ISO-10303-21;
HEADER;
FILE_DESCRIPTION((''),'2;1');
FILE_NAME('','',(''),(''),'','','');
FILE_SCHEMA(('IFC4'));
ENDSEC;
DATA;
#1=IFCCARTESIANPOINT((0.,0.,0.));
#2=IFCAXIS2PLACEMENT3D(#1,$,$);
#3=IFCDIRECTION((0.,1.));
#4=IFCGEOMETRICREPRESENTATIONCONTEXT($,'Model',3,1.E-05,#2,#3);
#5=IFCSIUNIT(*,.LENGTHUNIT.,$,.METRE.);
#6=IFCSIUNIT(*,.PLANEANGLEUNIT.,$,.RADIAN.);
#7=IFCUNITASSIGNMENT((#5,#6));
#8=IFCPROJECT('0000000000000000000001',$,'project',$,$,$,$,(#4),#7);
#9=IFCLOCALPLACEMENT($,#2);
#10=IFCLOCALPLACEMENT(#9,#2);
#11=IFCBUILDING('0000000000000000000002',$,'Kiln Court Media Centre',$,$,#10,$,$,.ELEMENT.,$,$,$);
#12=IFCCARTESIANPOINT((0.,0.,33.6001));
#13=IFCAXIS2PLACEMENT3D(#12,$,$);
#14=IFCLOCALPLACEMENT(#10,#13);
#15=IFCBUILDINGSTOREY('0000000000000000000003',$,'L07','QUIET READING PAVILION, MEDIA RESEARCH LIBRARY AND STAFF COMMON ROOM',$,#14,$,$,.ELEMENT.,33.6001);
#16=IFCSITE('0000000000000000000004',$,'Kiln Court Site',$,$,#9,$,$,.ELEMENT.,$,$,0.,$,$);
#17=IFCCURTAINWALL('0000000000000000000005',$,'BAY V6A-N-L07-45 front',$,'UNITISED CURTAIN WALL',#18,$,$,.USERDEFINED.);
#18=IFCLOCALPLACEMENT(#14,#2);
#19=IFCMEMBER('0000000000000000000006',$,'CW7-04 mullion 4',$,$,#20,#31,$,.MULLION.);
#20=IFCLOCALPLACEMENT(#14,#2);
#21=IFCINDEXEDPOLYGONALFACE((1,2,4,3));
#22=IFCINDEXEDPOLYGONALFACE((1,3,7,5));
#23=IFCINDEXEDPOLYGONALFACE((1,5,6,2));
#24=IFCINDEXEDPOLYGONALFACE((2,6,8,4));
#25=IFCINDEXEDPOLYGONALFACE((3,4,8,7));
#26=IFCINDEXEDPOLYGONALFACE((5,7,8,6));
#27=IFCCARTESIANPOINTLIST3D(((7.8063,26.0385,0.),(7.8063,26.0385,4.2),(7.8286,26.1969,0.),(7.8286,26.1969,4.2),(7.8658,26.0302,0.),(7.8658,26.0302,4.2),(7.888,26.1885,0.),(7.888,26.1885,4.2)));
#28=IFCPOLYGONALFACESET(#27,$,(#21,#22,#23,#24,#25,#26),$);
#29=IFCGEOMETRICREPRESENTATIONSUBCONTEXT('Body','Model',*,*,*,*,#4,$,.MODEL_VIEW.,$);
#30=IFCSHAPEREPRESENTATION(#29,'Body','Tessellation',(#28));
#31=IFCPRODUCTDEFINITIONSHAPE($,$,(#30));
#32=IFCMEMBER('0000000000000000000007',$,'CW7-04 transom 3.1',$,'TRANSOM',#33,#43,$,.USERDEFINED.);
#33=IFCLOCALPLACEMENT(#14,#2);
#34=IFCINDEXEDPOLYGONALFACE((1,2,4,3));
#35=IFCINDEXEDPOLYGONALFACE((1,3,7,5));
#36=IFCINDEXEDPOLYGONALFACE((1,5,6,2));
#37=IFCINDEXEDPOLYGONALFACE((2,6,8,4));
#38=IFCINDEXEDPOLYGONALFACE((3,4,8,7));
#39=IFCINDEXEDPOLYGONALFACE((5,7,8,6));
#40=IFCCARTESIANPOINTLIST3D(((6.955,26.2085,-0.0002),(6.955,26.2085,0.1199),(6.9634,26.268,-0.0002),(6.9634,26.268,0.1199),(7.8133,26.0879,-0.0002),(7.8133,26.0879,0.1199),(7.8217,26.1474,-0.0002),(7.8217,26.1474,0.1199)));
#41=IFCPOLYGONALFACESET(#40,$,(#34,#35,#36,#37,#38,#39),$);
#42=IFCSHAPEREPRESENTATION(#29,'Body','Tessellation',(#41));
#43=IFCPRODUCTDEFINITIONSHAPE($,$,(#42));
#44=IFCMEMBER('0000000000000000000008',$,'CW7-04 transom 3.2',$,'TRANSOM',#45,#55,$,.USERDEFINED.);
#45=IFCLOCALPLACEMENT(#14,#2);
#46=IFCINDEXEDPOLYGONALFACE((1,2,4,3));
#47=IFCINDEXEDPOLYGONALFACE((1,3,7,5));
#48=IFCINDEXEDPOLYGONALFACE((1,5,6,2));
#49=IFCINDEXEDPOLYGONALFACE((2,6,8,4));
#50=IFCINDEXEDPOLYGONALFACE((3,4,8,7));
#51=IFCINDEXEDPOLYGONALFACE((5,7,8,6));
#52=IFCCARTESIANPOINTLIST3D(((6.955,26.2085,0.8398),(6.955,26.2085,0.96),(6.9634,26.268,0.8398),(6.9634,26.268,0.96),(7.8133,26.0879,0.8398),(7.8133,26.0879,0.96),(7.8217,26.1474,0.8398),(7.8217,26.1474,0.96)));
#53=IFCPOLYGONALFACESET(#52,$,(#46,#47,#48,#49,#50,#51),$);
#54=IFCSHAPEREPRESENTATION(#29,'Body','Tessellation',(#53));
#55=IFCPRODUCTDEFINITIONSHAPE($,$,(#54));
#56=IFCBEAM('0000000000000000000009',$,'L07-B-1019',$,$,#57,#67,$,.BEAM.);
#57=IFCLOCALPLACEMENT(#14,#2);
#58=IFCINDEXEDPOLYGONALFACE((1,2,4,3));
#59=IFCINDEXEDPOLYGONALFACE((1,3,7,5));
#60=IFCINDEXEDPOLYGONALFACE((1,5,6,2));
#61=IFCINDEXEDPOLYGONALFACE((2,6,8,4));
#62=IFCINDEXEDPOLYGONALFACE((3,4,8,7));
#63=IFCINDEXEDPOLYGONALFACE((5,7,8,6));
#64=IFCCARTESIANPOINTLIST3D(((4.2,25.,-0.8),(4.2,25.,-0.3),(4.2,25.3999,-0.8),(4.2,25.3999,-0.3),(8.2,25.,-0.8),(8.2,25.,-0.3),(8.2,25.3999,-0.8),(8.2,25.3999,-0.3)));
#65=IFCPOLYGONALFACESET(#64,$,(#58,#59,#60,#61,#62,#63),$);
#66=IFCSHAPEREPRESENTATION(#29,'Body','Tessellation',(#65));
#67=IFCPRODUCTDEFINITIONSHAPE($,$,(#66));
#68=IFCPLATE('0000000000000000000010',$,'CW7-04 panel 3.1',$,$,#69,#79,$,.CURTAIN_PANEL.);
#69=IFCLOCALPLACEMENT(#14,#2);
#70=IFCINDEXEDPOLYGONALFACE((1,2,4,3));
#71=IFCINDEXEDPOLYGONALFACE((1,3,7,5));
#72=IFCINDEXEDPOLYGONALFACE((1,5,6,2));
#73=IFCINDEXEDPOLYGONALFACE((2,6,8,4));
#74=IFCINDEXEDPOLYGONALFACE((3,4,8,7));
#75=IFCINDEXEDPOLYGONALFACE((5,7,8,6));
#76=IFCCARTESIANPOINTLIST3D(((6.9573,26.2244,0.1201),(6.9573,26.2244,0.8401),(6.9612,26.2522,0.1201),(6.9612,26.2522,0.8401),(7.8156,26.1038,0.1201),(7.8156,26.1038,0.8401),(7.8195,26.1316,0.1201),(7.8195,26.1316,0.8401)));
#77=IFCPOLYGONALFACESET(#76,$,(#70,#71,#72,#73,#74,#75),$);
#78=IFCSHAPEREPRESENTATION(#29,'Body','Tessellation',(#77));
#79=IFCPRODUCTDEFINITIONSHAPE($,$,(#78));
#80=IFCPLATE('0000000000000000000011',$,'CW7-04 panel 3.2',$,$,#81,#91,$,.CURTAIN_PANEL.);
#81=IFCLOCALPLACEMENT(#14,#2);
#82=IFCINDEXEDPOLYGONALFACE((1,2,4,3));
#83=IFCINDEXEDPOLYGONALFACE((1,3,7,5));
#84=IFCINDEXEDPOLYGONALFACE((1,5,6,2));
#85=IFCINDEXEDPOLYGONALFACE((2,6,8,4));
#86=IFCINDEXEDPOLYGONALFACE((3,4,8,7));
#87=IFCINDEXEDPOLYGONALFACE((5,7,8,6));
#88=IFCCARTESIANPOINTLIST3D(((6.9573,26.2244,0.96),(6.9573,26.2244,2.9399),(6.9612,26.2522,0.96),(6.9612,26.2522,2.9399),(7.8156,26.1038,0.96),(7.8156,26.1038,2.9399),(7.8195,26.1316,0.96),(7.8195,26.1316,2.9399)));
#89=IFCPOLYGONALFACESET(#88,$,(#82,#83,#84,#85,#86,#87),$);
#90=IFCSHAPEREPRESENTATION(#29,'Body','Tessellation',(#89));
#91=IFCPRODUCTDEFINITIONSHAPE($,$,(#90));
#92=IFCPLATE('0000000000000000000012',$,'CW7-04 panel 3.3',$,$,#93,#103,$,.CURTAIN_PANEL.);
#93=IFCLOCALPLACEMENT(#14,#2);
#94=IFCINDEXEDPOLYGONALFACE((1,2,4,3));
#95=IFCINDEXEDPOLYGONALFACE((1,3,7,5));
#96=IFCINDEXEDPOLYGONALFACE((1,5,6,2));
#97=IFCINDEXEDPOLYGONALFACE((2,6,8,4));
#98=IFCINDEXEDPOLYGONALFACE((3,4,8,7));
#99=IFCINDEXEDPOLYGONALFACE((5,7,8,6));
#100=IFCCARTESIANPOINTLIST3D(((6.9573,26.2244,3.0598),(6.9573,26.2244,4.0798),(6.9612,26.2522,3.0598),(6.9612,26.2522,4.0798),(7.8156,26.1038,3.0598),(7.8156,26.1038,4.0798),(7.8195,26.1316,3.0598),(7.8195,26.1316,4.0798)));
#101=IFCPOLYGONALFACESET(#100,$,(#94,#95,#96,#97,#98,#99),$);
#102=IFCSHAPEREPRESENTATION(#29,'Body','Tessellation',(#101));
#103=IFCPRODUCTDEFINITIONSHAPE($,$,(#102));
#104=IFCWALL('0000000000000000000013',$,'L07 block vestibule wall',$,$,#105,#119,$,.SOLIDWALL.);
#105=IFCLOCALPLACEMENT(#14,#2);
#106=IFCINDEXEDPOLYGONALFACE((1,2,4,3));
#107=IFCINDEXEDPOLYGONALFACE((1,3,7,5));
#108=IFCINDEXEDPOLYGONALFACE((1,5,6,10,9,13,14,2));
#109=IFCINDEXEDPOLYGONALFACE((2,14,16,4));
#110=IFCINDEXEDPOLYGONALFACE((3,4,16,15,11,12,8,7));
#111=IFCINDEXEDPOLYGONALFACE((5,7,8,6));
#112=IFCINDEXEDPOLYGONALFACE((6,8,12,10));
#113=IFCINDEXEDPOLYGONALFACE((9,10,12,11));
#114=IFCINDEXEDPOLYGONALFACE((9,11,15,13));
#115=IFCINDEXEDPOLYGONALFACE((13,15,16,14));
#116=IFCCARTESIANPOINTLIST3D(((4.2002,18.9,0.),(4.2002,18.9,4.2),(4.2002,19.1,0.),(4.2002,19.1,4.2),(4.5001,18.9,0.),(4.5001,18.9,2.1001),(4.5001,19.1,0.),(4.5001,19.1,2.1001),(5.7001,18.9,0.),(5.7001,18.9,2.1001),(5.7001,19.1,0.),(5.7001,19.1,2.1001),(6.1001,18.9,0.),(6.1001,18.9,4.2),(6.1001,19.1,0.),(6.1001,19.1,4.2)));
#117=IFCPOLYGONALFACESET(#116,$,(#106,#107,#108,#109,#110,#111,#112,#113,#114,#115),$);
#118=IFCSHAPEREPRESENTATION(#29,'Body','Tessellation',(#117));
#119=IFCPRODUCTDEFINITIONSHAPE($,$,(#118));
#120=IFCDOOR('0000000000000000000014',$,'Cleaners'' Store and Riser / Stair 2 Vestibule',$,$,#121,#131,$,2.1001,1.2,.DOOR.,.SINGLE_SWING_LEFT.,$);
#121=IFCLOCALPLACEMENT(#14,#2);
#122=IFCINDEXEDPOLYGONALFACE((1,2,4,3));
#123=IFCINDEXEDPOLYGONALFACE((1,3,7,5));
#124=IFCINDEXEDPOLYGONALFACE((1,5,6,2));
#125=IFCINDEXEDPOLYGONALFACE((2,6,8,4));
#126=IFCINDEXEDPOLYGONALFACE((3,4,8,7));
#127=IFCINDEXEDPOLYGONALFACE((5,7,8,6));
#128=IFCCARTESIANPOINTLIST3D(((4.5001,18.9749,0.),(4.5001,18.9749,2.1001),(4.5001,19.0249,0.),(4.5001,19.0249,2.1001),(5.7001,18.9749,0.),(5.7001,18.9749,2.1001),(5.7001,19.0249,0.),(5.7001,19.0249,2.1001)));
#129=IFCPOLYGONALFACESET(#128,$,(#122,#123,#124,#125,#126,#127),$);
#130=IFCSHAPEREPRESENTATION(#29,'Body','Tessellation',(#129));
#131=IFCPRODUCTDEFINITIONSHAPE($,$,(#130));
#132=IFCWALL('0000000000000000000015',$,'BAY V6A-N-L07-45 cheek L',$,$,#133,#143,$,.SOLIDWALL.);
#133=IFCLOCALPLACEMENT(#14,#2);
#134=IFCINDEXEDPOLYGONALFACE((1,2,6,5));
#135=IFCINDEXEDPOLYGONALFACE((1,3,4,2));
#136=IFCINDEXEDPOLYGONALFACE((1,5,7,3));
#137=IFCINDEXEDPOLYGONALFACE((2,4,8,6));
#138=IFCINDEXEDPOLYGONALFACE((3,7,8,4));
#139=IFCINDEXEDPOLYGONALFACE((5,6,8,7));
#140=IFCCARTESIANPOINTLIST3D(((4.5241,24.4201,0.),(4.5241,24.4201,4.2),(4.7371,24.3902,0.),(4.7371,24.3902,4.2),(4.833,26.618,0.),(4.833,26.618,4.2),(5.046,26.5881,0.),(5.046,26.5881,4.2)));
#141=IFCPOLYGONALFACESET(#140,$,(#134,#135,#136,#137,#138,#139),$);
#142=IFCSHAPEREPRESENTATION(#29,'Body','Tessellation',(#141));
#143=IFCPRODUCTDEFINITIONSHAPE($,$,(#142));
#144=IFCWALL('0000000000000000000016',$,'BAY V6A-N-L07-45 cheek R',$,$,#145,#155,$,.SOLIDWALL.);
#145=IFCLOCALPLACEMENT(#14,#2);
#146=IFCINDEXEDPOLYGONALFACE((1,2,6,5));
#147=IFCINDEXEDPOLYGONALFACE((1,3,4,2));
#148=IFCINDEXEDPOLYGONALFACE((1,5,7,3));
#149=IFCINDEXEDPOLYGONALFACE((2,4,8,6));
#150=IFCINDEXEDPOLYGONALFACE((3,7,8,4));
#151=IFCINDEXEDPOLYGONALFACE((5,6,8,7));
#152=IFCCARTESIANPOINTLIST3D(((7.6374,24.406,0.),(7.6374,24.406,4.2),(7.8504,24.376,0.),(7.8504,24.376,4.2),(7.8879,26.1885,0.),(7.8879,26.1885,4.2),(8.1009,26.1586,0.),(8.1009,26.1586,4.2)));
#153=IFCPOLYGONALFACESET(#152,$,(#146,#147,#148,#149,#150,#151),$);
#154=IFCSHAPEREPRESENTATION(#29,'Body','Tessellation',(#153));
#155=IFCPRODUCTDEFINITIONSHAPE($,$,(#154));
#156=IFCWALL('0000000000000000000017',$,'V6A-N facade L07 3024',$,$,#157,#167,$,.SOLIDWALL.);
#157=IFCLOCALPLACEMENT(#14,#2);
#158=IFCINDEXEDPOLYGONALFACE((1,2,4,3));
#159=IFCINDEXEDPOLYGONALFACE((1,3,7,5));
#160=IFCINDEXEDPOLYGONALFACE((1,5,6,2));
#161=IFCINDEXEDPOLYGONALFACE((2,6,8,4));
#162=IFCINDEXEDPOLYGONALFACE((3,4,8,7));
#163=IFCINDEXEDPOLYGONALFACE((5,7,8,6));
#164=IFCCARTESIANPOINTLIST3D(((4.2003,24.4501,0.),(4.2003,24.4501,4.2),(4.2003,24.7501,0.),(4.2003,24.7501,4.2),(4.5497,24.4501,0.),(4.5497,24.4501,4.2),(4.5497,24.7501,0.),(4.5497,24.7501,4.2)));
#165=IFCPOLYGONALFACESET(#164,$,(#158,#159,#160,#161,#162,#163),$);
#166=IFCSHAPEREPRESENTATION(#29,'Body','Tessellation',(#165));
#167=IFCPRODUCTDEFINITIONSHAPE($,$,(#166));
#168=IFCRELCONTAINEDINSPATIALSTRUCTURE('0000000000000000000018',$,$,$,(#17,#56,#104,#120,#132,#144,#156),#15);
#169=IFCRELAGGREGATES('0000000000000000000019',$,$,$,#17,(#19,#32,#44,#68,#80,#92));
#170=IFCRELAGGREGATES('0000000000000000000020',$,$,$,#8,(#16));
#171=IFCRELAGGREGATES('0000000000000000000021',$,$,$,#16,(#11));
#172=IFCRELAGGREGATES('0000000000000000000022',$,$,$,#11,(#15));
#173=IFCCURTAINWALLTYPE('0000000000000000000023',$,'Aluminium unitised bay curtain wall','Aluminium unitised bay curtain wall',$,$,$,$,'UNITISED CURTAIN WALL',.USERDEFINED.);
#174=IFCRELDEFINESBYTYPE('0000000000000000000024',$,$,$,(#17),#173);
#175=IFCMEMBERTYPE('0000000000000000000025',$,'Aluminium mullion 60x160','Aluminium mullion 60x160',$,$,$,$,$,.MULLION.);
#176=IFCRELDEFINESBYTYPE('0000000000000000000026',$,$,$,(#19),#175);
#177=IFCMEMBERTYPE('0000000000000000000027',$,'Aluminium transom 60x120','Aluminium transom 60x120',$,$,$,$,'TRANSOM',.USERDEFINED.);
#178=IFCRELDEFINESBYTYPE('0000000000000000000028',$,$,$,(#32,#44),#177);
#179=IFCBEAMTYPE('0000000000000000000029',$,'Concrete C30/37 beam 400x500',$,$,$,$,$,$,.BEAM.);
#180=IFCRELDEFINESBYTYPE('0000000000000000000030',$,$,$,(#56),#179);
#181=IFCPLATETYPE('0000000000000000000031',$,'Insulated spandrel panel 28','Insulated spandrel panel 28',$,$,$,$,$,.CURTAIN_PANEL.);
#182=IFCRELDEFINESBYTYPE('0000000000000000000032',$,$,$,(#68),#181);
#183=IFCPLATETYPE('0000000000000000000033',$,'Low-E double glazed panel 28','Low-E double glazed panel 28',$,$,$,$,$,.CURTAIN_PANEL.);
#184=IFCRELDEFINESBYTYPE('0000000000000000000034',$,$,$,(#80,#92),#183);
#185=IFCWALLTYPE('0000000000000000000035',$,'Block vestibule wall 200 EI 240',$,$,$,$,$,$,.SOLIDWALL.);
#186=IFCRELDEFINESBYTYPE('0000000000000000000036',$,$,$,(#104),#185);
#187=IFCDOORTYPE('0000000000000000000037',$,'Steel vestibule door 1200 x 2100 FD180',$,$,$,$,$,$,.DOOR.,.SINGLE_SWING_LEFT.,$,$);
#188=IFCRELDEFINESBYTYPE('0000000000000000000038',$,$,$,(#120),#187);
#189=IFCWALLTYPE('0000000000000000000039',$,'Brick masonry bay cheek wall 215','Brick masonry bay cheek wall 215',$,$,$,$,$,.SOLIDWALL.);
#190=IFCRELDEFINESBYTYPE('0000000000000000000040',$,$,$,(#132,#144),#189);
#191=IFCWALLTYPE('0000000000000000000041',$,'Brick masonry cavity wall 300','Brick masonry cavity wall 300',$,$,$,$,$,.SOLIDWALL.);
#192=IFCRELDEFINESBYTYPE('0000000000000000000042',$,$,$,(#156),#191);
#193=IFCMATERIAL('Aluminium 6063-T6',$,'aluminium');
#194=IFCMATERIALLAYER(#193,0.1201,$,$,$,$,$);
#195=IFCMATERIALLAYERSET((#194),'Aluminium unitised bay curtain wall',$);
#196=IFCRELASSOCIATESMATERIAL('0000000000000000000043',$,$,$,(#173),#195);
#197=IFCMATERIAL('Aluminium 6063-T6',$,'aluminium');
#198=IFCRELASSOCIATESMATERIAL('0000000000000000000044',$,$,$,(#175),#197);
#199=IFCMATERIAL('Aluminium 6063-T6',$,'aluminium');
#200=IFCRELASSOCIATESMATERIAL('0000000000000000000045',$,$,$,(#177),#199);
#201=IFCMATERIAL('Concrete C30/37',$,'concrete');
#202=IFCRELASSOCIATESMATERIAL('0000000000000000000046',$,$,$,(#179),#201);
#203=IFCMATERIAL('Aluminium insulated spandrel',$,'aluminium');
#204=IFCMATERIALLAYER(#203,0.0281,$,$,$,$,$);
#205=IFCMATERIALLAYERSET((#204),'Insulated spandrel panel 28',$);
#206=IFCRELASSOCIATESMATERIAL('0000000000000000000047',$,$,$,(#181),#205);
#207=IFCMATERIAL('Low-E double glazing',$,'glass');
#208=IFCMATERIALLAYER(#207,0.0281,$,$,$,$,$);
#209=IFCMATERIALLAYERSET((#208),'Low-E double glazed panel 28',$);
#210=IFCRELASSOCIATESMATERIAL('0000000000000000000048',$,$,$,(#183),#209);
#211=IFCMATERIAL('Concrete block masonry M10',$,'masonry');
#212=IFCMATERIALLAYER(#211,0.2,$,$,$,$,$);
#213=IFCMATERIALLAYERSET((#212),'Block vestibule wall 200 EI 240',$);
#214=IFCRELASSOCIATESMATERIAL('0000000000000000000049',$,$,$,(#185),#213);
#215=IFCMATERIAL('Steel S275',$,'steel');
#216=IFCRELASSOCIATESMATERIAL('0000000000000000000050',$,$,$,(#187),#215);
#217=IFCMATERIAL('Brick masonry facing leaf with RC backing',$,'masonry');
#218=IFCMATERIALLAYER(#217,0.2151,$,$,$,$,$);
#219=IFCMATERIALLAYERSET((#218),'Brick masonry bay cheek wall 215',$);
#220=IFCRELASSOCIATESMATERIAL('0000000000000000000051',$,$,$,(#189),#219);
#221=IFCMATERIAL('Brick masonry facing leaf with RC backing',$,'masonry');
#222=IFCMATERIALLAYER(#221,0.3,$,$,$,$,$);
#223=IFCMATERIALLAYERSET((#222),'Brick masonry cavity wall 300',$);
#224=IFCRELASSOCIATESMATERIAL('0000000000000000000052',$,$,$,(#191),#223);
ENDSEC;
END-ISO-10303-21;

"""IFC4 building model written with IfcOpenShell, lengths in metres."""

from ifc_helpers import new_model, si_unit, direction, frame, frame_2d, origin, origin_2d, place, context, subcontext, project, spatial, rectangle, extrude, material, layer, layer_set, material_profile, profile_set, type_object, element, fill, aggregate, save


model = new_model("IFC4")

# Units and contexts
model_context = context("Model", 3, precision=1e-05, world=origin(), true_north=direction((0.0, 1.0)))
body_context = subcontext(model_context, "Body", "Model", "MODEL_VIEW")
ifc_project = project(units=[si_unit("LENGTHUNIT", "METRE"), si_unit("PLANEANGLEUNIT", "RADIAN")], contexts=[model_context])

# Site, building, storey
site_placement = place(None, origin())
site = spatial("IfcSite", under=ifc_project, at=site_placement, Name="Kiln Court Site", CompositionType="ELEMENT", RefElevation=0.0)
building_placement = place(site_placement, origin())
building = spatial("IfcBuilding", under=site, at=building_placement, Name="Kiln Court Media Centre", CompositionType="ELEMENT")
storey_placement = place(building_placement, frame((0.0, 0.0, 33.6001)))
storey = spatial("IfcBuildingStorey", under=building, at=storey_placement, Name="L07", Description="QUIET READING PAVILION, MEDIA RESEARCH LIBRARY AND STAFF COMMON ROOM", CompositionType="ELEMENT", Elevation=33.6001)

# Curtain wall, members
ifc_material_1 = material(Name="Aluminium 6063-T6", Category="aluminium")
ifc_layer_1 = layer(ifc_material_1, 0.1201)
ifc_layer_set_1 = layer_set([ifc_layer_1], Name="Aluminium unitised bay curtain wall")
curtain_wall_type = type_object("IfcCurtainWallType", Name="Aluminium unitised bay curtain wall", Description="Aluminium unitised bay curtain wall", ElementType="UNITISED CURTAIN WALL", PredefinedType="USERDEFINED", material=ifc_layer_set_1)
curtain_wall_placement = place(storey_placement, origin())
curtain_wall = element("IfcCurtainWall", 1, at=curtain_wall_placement, inside=storey, type_object=curtain_wall_type, Name="BAY V6A-N-L07-45 front", ObjectType="UNITISED CURTAIN WALL", PredefinedType="USERDEFINED")
ifc_material_2 = material(Name="Aluminium 6063-T6", Category="aluminium")
ifc_material_profile_1 = material_profile(ifc_material_2, rectangle(XDim=0.0601, YDim=0.1599, at=origin_2d()), Name="Aluminium mullion 60x160")
ifc_profile_set_1 = profile_set([ifc_material_profile_1], Name="Aluminium 6063-T6")
member_type_1 = type_object("IfcMemberType", Name="Aluminium mullion 60x160", Description="Aluminium mullion 60x160", PredefinedType="MULLION", material=ifc_profile_set_1)
member_1_placement = place(storey_placement, frame((7.8472, 26.1135, 0.0), z_axis=(0.0, 0.0, 1.0), x_axis=(0.99027, -0.139162, 0.0)))
member_1 = element("IfcMember", 2, at=member_1_placement, type_object=member_type_1, Name="CW7-04 mullion 4", PredefinedType="MULLION", context=body_context, shape_type="SweptSolid", body=[
    extrude(rectangle(XDim=0.0601, YDim=0.1599, at=origin_2d()), origin(), (0.0, 0.0, 1.0), 4.2),
])
ifc_material_3 = material(Name="Aluminium 6063-T6", Category="aluminium")
ifc_material_profile_2 = material_profile(ifc_material_3, rectangle(XDim=0.0601, YDim=0.1201, at=origin_2d()), Name="Aluminium transom 60x120")
ifc_profile_set_2 = profile_set([ifc_material_profile_2], Name="Aluminium 6063-T6")
member_type_2 = type_object("IfcMemberType", Name="Aluminium transom 60x120", Description="Aluminium transom 60x120", ElementType="TRANSOM", PredefinedType="USERDEFINED", material=ifc_profile_set_2)
member_2_placement = place(storey_placement, frame((6.9592, 26.2383, 0.0598), z_axis=(0.990268, -0.139173, 0.0), x_axis=(0.139173, 0.990268, 0.0)))
member_2 = element("IfcMember", 3, at=member_2_placement, type_object=member_type_2, Name="CW7-04 transom 3.1", ObjectType="TRANSOM", PredefinedType="USERDEFINED", context=body_context, shape_type="SweptSolid", body=[
    extrude(rectangle(XDim=0.0601, YDim=0.1201, at=origin_2d()), origin(), (0.0, 0.0, 1.0), 0.8667),
])
member_3_placement = place(storey_placement, frame((6.9592, 26.2383, 0.8999), z_axis=(0.990268, -0.139173, 0.0), x_axis=(0.139173, 0.990268, 0.0)))
member_3 = element("IfcMember", 4, at=member_3_placement, type_object=member_type_2, Name="CW7-04 transom 3.2", ObjectType="TRANSOM", PredefinedType="USERDEFINED", context=body_context, shape_type="SweptSolid", body=[
    extrude(rectangle(XDim=0.0601, YDim=0.1201, at=origin_2d()), origin(), (0.0, 0.0, 1.0), 0.8667),
])

# Beam
ifc_material_4 = material(Name="Concrete C30/37", Category="concrete")
ifc_material_profile_3 = material_profile(ifc_material_4, rectangle(XDim=0.3999, YDim=0.5, at=origin_2d()), Name="RC 400x500")
ifc_profile_set_3 = profile_set([ifc_material_profile_3], Name="Concrete C30/37")
beam_type = type_object("IfcBeamType", Name="Concrete C30/37 beam 400x500", PredefinedType="BEAM", material=ifc_profile_set_3)
beam_placement = place(storey_placement, frame((4.2, 25.2, -0.55), z_axis=(1.0, 0.0, 0.0), x_axis=(0.0, 1.0, 0.0)))
element("IfcBeam", 5, at=beam_placement, inside=storey, type_object=beam_type, Name="L07-B-1019", PredefinedType="BEAM", context=body_context, shape_type="SweptSolid", body=[
    extrude(rectangle(XDim=0.3999, YDim=0.5, at=origin_2d()), origin(), (0.0, 0.0, 1.0), 4.0),
])

# Plates
ifc_material_5 = material(Name="Aluminium insulated spandrel", Category="aluminium")
ifc_layer_2 = layer(ifc_material_5, 0.0281)
ifc_layer_set_2 = layer_set([ifc_layer_2], Name="Insulated spandrel panel 28")
plate_type_1 = type_object("IfcPlateType", Name="Insulated spandrel panel 28", Description="Insulated spandrel panel 28", PredefinedType="CURTAIN_PANEL", material=ifc_layer_set_2)
plate_1_placement = place(storey_placement, frame((7.3884, 26.178, 0.1201), z_axis=(0.0, 0.0, 1.0), x_axis=(0.99027, -0.139162, 0.0)))
plate_1 = element("IfcPlate", 6, at=plate_1_placement, type_object=plate_type_1, Name="CW7-04 panel 3.1", PredefinedType="CURTAIN_PANEL", context=body_context, shape_type="SweptSolid", body=[
    extrude(rectangle(XDim=0.8667, YDim=0.0281, at=origin_2d()), origin(), (0.0, 0.0, 1.0), 0.72),
])
ifc_material_6 = material(Name="Low-E double glazing", Category="glass")
ifc_layer_3 = layer(ifc_material_6, 0.0281)
ifc_layer_set_3 = layer_set([ifc_layer_3], Name="Low-E double glazed panel 28")
plate_type_2 = type_object("IfcPlateType", Name="Low-E double glazed panel 28", Description="Low-E double glazed panel 28", PredefinedType="CURTAIN_PANEL", material=ifc_layer_set_3)
plate_2_placement = place(storey_placement, frame((7.3884, 26.178, 0.96), z_axis=(0.0, 0.0, 1.0), x_axis=(0.99027, -0.139162, 0.0)))
plate_2 = element("IfcPlate", 7, at=plate_2_placement, type_object=plate_type_2, Name="CW7-04 panel 3.2", PredefinedType="CURTAIN_PANEL", context=body_context, shape_type="SweptSolid", body=[
    extrude(rectangle(XDim=0.8667, YDim=0.0281, at=origin_2d()), origin(), (0.0, 0.0, 1.0), 1.98),
])
plate_3_placement = place(storey_placement, frame((7.3884, 26.178, 3.0598), z_axis=(0.0, 0.0, 1.0), x_axis=(0.99027, -0.139162, 0.0)))
plate_3 = element("IfcPlate", 8, at=plate_3_placement, type_object=plate_type_2, Name="CW7-04 panel 3.3", PredefinedType="CURTAIN_PANEL", context=body_context, shape_type="SweptSolid", body=[
    extrude(rectangle(XDim=0.8667, YDim=0.0281, at=origin_2d()), origin(), (0.0, 0.0, 1.0), 1.02),
])
aggregate(curtain_wall, [member_1, member_2, member_3, plate_1, plate_2, plate_3])

# Wall, opening, door
ifc_material_7 = material(Name="Concrete block masonry M10", Category="masonry")
ifc_layer_4 = layer(ifc_material_7, 0.2)
ifc_layer_set_4 = layer_set([ifc_layer_4], Name="Block vestibule wall 200 EI 240")
wall_type_1 = type_object("IfcWallType", Name="Block vestibule wall 200 EI 240", PredefinedType="SOLIDWALL", material=ifc_layer_set_4)
wall_1_placement = place(storey_placement, frame((4.2002, 19.0, 0.0), z_axis=(0.0, 0.0, 1.0), x_axis=(1.0, 0.0, 0.0)))
wall_1 = element("IfcWall", 9, at=wall_1_placement, inside=storey, type_object=wall_type_1, Name="L07 block vestibule wall", PredefinedType="SOLIDWALL", context=body_context, shape_type="SweptSolid", body=[
    extrude(rectangle(XDim=1.8999, YDim=0.2, at=frame_2d((0.95, 0.0))), origin(), (0.0, 0.0, 1.0), 4.2),
])
opening_1_placement = place(wall_1_placement, frame((0.2998, 0.0, 0.0)))
opening_1 = element("IfcOpeningElement", 10, at=opening_1_placement, cuts=wall_1, PredefinedType="OPENING", context=body_context, shape_type="SweptSolid", body=[
    extrude(rectangle(XDim=1.2, YDim=2.1001, at=frame_2d((0.6001, 1.05))), frame((0.0, 0.1099, 0.0), z_axis=(0.0, -1.0, 0.0), x_axis=(1.0, 0.0, 0.0)), (0.0, 0.0, 1.0), 0.22),
])
ifc_material_8 = material(Name="Steel S275", Category="steel")
door_type_1 = type_object("IfcDoorType", Name="Steel vestibule door 1200 x 2100 FD180", OperationType="SINGLE_SWING_LEFT", PredefinedType="DOOR", material=ifc_material_8)
door_1_placement = place(opening_1_placement, origin())
door_1 = element("IfcDoor", 11, at=door_1_placement, inside=storey, type_object=door_type_1, Name="Cleaners' Store and Riser / Stair 2 Vestibule", OperationType="SINGLE_SWING_LEFT", OverallHeight=2.1001, OverallWidth=1.2, PredefinedType="DOOR", context=body_context, shape_type="SweptSolid", body=[
    extrude(rectangle(XDim=1.2, YDim=2.1001, at=frame_2d((0.6001, 1.05))), frame((0.0, 0.0249, 0.0), z_axis=(0.0, -1.0, 0.0), x_axis=(1.0, 0.0, 0.0)), (0.0, 0.0, 1.0), 0.05),
])
fill(opening_1, door_1)

# Walls
ifc_material_9 = material(Name="Brick masonry facing leaf with RC backing", Category="masonry")
ifc_layer_5 = layer(ifc_material_9, 0.2151)
ifc_layer_set_5 = layer_set([ifc_layer_5], Name="Brick masonry bay cheek wall 215")
wall_type_2 = type_object("IfcWallType", Name="Brick masonry bay cheek wall 215", Description="Brick masonry bay cheek wall 215", PredefinedType="SOLIDWALL", material=ifc_layer_set_5)
wall_2_placement = place(storey_placement, frame((4.6306, 24.405, 0.0), z_axis=(0.0, 0.0, 1.0), x_axis=(0.139142, 0.990272, 0.0)))
element("IfcWall", 12, at=wall_2_placement, inside=storey, type_object=wall_type_2, Name="BAY V6A-N-L07-45 cheek L", PredefinedType="SOLIDWALL", context=body_context, shape_type="SweptSolid", body=[
    extrude(rectangle(XDim=2.2195, YDim=0.2151, at=frame_2d((1.1099, 0.0))), origin(), (0.0, 0.0, 1.0), 4.2),
])
wall_3_placement = place(storey_placement, frame((7.7439, 24.3911, 0.0), z_axis=(0.0, 0.0, 1.0), x_axis=(0.139161, 0.99027, 0.0)))
element("IfcWall", 13, at=wall_3_placement, inside=storey, type_object=wall_type_2, Name="BAY V6A-N-L07-45 cheek R", PredefinedType="SOLIDWALL", context=body_context, shape_type="SweptSolid", body=[
    extrude(rectangle(XDim=1.8, YDim=0.2151, at=frame_2d((0.8999, 0.0))), origin(), (0.0, 0.0, 1.0), 4.2),
])
ifc_material_10 = material(Name="Brick masonry facing leaf with RC backing", Category="masonry")
ifc_layer_6 = layer(ifc_material_10, 0.3)
ifc_layer_set_6 = layer_set([ifc_layer_6], Name="Brick masonry cavity wall 300")
wall_type_3 = type_object("IfcWallType", Name="Brick masonry cavity wall 300", Description="Brick masonry cavity wall 300", PredefinedType="SOLIDWALL", material=ifc_layer_set_6)
wall_4_placement = place(storey_placement, frame((4.2002, 24.6001, 0.0), z_axis=(0.0, 0.0, 1.0), x_axis=(1.0, 0.0, 0.0)))
element("IfcWall", 14, at=wall_4_placement, inside=storey, type_object=wall_type_3, Name="V6A-N facade L07 3024", PredefinedType="SOLIDWALL", context=body_context, shape_type="SweptSolid", body=[
    extrude(rectangle(XDim=0.3494, YDim=0.3, at=frame_2d((0.1748, 0.0))), origin(), (0.0, 0.0, 1.0), 4.2),
])

save(model, "model.ifc")
